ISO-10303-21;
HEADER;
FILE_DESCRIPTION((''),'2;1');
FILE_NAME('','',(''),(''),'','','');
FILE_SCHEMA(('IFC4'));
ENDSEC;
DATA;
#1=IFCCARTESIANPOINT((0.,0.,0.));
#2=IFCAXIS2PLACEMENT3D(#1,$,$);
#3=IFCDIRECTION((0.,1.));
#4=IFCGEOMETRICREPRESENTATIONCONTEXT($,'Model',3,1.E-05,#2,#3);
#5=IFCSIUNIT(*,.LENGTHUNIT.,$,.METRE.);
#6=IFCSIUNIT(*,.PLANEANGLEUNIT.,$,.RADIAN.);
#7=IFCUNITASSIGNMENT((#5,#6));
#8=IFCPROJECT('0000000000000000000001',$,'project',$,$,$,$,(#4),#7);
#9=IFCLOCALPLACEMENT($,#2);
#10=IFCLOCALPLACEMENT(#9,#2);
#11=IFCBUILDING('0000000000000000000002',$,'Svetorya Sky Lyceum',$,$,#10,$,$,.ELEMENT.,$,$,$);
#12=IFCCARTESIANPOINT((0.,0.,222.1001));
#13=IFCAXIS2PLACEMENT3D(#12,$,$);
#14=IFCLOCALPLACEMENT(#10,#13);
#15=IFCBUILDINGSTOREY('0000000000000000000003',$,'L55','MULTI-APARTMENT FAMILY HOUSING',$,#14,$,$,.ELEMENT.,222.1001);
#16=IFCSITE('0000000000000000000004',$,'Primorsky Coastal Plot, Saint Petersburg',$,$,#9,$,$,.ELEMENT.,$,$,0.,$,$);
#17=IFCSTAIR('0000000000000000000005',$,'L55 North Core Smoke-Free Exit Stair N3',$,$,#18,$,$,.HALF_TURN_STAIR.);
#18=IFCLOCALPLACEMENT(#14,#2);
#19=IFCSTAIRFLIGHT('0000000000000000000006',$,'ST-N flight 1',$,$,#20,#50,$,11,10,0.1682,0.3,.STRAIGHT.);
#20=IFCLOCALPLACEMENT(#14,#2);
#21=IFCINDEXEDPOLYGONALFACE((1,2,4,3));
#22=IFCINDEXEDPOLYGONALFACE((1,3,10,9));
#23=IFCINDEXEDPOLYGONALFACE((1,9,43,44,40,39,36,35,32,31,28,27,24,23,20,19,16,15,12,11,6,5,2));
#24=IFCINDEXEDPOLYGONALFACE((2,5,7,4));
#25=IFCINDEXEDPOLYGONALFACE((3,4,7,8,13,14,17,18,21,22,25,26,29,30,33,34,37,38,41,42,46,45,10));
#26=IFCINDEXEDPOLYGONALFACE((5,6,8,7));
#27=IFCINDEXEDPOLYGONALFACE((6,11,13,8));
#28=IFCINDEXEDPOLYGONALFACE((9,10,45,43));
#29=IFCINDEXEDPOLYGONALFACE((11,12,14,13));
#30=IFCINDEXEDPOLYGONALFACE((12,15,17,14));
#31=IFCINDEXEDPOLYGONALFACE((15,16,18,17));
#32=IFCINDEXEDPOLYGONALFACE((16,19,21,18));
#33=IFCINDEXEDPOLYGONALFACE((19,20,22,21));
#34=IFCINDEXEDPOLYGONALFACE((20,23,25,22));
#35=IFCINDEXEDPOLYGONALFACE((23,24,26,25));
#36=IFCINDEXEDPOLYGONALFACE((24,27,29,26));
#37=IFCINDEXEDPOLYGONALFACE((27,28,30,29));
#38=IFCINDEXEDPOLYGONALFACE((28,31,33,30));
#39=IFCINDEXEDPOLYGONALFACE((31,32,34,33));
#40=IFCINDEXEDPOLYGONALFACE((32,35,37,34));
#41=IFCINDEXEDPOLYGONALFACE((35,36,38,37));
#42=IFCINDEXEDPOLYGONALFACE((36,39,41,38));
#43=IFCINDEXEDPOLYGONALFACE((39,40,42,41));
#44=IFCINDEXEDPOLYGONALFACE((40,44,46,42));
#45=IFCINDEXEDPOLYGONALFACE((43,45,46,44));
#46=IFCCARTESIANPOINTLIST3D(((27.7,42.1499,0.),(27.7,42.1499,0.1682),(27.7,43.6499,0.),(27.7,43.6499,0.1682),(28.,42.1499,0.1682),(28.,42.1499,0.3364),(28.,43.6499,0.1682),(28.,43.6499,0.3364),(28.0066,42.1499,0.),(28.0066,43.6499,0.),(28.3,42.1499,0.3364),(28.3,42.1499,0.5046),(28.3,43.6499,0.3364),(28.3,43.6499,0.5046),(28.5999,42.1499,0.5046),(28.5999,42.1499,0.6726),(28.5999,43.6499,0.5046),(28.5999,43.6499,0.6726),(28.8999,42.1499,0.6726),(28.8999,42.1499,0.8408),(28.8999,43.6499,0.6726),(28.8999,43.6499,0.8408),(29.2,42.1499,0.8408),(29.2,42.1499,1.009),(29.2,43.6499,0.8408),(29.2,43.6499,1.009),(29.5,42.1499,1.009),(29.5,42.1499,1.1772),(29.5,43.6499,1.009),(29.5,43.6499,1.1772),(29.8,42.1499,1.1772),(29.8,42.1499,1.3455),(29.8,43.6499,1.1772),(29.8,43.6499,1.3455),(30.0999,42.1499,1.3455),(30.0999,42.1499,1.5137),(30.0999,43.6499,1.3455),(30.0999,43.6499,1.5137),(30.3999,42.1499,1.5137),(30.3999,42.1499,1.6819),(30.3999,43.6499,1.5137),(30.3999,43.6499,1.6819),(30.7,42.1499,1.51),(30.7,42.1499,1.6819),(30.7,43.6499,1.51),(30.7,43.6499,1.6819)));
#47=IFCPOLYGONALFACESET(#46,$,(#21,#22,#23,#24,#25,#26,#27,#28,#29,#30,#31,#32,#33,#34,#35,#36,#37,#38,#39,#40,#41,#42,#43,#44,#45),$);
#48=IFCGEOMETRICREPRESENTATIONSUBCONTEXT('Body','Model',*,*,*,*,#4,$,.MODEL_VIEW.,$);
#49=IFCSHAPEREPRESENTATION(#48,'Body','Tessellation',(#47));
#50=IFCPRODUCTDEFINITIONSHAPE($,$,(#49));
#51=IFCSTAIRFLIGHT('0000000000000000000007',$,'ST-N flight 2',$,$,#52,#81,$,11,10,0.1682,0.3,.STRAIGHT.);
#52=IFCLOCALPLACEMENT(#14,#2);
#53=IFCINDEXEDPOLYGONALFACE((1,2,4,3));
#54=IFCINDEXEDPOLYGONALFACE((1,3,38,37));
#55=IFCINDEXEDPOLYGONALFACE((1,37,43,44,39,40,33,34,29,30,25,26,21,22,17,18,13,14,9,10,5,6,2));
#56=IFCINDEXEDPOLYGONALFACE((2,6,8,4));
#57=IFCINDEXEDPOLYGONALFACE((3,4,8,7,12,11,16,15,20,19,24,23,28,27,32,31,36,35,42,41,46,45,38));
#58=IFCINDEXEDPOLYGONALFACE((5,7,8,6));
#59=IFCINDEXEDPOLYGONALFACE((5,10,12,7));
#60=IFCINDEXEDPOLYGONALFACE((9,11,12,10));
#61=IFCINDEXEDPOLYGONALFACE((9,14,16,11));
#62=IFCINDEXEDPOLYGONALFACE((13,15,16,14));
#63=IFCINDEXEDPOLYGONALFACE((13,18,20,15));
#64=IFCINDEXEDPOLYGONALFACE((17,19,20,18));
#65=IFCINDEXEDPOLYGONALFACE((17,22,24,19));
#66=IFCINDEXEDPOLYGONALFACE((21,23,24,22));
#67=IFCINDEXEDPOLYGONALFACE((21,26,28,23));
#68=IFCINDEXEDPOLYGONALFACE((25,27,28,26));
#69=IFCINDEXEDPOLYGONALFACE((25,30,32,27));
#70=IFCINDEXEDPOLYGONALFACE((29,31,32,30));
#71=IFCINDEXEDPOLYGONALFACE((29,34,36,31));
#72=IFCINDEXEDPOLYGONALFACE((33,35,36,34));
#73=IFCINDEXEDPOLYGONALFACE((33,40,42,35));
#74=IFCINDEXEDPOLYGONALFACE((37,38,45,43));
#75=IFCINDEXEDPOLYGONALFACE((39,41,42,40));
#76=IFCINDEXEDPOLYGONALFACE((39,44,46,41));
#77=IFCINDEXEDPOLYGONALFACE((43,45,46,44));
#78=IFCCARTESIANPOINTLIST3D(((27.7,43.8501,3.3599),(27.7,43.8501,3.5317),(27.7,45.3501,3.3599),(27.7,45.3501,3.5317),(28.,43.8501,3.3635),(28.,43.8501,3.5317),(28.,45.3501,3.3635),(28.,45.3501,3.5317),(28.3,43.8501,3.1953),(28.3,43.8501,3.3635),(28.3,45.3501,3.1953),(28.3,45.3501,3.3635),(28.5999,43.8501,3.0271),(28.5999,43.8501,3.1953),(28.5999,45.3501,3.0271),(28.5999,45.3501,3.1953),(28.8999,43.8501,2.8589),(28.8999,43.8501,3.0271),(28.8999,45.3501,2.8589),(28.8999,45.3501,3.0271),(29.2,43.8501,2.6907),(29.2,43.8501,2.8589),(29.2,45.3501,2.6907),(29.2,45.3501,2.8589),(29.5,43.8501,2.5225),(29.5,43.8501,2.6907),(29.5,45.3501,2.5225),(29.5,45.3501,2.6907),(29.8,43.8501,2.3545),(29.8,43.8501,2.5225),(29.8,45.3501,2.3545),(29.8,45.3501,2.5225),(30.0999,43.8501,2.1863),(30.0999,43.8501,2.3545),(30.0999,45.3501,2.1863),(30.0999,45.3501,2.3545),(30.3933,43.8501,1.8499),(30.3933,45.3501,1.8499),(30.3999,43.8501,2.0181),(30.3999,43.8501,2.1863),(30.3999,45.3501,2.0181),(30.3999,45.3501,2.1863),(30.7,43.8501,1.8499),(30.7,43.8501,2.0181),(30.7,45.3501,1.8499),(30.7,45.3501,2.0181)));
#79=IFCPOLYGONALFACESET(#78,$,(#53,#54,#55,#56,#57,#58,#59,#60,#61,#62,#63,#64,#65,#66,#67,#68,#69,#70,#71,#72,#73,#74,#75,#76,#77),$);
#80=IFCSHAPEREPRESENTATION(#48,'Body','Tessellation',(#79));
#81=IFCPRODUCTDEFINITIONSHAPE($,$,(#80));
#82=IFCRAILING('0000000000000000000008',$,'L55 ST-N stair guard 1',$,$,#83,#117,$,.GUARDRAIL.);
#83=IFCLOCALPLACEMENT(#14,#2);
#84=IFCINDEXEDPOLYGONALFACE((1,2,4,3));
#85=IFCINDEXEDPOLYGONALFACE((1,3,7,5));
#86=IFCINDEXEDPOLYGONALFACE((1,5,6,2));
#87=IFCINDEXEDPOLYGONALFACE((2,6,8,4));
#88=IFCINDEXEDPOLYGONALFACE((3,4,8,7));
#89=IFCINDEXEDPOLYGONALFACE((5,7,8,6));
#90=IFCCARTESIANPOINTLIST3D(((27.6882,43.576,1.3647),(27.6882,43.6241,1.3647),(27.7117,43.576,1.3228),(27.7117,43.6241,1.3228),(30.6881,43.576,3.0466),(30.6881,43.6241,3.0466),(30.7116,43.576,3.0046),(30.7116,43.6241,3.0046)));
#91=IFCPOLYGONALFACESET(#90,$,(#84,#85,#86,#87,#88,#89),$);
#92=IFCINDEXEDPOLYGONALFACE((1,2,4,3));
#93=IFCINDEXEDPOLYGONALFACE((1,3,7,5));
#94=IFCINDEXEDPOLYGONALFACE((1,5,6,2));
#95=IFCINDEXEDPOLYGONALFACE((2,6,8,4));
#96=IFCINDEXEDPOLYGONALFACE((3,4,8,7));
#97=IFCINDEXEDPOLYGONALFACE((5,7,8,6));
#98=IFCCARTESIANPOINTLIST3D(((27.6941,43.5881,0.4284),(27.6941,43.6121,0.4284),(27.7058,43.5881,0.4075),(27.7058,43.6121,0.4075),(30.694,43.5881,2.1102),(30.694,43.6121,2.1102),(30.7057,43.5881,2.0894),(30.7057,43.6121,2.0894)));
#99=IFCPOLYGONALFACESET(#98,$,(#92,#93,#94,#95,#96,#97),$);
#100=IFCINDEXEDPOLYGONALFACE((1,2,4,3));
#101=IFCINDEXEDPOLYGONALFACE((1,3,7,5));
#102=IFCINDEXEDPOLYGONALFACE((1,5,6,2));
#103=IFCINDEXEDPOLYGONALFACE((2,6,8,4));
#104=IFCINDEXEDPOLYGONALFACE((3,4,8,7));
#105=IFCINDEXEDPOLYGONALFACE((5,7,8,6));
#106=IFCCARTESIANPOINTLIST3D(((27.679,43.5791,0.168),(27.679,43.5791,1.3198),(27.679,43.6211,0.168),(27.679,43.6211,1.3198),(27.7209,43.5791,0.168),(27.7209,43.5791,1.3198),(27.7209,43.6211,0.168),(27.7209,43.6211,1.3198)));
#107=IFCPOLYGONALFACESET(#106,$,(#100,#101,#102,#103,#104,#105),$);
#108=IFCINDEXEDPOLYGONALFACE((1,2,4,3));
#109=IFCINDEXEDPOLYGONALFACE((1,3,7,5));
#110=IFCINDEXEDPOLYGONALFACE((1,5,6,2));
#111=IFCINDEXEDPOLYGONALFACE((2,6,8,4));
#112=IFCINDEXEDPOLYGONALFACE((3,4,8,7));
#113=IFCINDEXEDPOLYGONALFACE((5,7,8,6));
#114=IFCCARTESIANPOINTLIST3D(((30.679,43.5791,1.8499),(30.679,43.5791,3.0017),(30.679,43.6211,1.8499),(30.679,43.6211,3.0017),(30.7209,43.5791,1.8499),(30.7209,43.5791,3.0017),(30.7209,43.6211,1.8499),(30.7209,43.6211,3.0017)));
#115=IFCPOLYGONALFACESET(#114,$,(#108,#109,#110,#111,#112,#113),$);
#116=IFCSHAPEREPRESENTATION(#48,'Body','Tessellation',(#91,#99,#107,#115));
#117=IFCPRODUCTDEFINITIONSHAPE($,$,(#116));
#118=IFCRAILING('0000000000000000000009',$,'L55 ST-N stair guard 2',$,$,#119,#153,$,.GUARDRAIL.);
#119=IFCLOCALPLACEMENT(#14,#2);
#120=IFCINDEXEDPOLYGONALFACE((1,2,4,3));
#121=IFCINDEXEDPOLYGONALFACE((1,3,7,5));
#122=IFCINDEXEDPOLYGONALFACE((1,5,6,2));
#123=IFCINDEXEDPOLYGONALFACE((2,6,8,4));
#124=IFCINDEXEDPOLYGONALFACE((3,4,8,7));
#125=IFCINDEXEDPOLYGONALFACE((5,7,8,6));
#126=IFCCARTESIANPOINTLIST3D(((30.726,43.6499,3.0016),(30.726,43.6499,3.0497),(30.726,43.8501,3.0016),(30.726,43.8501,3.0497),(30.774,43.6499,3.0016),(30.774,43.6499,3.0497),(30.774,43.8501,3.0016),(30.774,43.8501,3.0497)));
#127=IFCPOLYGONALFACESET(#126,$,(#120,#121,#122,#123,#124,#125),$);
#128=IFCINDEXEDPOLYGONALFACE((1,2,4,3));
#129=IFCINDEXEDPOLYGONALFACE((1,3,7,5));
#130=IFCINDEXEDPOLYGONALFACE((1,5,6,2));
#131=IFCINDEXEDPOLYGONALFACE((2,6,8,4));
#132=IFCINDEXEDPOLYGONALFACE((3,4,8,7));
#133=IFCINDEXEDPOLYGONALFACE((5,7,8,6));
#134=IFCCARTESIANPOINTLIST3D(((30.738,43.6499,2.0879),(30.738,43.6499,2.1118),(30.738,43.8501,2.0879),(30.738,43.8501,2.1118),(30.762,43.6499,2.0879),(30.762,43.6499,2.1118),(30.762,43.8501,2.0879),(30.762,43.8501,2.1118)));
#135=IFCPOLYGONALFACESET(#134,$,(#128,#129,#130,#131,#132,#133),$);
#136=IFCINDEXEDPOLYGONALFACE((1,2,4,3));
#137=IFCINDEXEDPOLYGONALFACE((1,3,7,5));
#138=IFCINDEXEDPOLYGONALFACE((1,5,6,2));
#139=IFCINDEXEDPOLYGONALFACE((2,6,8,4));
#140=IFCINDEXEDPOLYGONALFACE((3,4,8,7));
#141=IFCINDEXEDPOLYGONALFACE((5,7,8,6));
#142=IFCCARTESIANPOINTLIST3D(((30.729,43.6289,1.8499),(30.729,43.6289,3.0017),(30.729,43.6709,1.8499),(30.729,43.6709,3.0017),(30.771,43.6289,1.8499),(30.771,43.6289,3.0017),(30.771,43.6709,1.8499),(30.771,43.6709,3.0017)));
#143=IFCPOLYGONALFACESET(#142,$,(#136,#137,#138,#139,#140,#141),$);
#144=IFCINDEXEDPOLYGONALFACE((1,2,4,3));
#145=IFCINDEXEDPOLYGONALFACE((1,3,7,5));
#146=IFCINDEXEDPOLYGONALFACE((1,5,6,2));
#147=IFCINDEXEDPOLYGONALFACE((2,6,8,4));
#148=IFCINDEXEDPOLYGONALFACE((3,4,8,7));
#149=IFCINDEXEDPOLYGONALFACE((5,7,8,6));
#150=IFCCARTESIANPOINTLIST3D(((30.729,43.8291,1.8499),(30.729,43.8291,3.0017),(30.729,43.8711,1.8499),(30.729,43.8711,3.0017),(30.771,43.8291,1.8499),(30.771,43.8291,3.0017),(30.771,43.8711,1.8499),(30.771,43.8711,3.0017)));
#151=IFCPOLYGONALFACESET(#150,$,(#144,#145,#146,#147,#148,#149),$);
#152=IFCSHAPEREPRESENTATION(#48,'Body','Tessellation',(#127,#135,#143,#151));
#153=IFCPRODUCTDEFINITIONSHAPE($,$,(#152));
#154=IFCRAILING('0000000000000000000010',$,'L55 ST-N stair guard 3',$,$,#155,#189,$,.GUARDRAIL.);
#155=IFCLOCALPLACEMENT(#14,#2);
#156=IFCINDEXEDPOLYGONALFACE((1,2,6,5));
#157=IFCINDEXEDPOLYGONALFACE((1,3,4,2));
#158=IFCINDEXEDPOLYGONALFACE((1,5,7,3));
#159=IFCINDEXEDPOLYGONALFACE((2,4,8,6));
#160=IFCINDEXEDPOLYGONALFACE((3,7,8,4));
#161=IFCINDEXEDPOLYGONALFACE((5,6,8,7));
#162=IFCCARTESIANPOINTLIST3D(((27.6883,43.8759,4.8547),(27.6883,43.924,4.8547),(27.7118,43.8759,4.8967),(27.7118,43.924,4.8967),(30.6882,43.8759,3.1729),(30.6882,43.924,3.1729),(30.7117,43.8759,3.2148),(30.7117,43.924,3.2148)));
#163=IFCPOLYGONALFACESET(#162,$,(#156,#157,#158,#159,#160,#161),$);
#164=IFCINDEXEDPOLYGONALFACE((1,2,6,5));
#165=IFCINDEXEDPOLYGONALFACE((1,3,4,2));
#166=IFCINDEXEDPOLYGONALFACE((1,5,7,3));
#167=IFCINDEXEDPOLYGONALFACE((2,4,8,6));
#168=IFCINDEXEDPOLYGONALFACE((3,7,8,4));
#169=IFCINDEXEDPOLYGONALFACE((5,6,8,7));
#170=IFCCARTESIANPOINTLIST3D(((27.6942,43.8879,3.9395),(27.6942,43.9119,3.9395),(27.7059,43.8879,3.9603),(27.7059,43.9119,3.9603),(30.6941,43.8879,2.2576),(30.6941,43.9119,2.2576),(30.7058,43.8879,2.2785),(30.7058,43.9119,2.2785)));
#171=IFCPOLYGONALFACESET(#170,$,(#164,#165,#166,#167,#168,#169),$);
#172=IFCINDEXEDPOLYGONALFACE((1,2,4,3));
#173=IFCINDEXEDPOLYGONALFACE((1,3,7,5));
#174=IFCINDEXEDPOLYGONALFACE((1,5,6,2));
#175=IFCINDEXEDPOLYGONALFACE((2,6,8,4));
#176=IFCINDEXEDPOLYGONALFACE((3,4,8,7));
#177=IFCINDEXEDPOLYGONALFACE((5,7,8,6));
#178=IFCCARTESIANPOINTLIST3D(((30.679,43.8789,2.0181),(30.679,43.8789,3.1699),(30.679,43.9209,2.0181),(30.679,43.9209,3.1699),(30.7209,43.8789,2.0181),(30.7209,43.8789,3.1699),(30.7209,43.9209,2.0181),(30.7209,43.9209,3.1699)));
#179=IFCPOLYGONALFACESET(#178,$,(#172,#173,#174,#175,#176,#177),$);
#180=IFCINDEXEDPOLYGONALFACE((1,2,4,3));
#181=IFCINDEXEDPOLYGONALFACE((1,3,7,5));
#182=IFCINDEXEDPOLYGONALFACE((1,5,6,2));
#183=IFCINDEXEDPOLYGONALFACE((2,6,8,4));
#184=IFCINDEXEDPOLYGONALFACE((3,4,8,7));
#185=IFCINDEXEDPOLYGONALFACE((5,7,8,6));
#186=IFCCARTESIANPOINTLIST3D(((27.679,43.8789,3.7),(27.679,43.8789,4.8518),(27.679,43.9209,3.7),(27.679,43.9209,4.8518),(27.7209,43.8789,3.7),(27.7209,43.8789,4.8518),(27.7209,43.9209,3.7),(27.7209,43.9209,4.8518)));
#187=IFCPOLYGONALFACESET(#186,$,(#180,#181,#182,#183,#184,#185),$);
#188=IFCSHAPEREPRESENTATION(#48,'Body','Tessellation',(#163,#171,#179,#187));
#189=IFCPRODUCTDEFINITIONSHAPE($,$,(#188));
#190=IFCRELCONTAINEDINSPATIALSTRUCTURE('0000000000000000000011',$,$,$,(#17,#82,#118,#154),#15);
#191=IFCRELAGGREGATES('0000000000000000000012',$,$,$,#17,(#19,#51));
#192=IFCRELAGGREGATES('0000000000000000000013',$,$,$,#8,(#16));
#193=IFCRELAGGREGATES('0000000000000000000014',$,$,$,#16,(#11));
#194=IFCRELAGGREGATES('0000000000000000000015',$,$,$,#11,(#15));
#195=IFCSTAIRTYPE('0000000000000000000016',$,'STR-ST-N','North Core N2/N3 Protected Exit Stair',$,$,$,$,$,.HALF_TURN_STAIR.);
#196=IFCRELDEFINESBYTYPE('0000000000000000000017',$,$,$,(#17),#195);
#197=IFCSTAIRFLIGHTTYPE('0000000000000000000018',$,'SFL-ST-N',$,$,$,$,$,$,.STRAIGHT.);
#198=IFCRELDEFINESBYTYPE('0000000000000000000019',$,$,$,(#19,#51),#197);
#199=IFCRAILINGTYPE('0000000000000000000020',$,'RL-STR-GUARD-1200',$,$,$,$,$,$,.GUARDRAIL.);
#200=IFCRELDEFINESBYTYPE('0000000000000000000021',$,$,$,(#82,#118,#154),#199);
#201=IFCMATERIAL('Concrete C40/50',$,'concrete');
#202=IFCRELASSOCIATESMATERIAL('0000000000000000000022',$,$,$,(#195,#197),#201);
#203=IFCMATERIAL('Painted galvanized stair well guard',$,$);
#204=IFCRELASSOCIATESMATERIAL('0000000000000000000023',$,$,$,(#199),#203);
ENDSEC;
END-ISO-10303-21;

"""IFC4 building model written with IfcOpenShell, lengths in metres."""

from ifc_helpers import new_model, si_unit, direction, frame, origin, origin_2d, place, context, subcontext, project, spatial, polyline, rectangle, outline, extrude, material, type_object, element, aggregate, save


model = new_model("IFC4")

# Units and contexts
model_context = context("Model", 3, precision=1e-05, world=origin(), true_north=direction((0.0, 1.0)))
body_context = subcontext(model_context, "Body", "Model", "MODEL_VIEW")
ifc_project = project(units=[si_unit("LENGTHUNIT", "METRE"), si_unit("PLANEANGLEUNIT", "RADIAN")], contexts=[model_context])

# Site, building, storey
site_placement = place(None, origin())
site = spatial("IfcSite", under=ifc_project, at=site_placement, Name="Primorsky Coastal Plot, Saint Petersburg", CompositionType="ELEMENT", RefElevation=0.0)
building_placement = place(site_placement, origin())
building = spatial("IfcBuilding", under=site, at=building_placement, Name="Svetorya Sky Lyceum", CompositionType="ELEMENT")
storey_placement = place(building_placement, frame((0.0, 0.0, 222.1001)))
storey = spatial("IfcBuildingStorey", under=building, at=storey_placement, Name="L55", Description="MULTI-APARTMENT FAMILY HOUSING", CompositionType="ELEMENT", Elevation=222.1001)

# Shared definitions
ifc_material_1 = material(Name="Concrete C40/50", Category="concrete")

# Stair, stair flights
stair_type = type_object("IfcStairType", Name="STR-ST-N", Description="North Core N2/N3 Protected Exit Stair", PredefinedType="HALF_TURN_STAIR", material=ifc_material_1)
stair_placement = place(storey_placement, origin())
stair = element("IfcStair", 1, at=stair_placement, inside=storey, type_object=stair_type, Name="L55 North Core Smoke-Free Exit Stair N3", PredefinedType="HALF_TURN_STAIR")
stair_flight_type = type_object("IfcStairFlightType", Name="SFL-ST-N", PredefinedType="STRAIGHT", material=ifc_material_1)
stair_flight_1_placement = place(storey_placement, frame((27.7, 42.8999, 0.0), z_axis=(0.0, 0.0, 1.0), x_axis=(1.0, 0.0, 0.0)))
stair_flight_1 = element("IfcStairFlight", 2, at=stair_flight_1_placement, type_object=stair_flight_type, Name="ST-N flight 1", NumberOfRisers=11, NumberOfTreads=10, PredefinedType="STRAIGHT", RiserHeight=0.1682, TreadLength=0.3, context=body_context, shape_type="SweptSolid", body=[
    extrude(outline(polyline([(0.0, 0.0), (0.0, 0.1682), (0.3, 0.1682), (0.3, 0.3364), (0.6001, 0.3364), (0.6001, 0.5046), (0.8999, 0.5046), (0.8999, 0.6726), (1.2, 0.6726), (1.2, 0.8408), (1.5, 0.8408), (1.5, 1.009), (1.8, 1.009), (1.8, 1.1772), (2.1001, 1.1772), (2.1001, 1.3455), (2.3999, 1.3455), (2.3999, 1.5137), (2.7, 1.5137), (2.7, 1.6819), (3.0, 1.6819), (3.0, 1.8501), (3.0, 1.51), (0.3066, 0.0), (0.0, 0.0)])), frame((0.0, 0.75, 0.0), z_axis=(0.0, -1.0, 0.0), x_axis=(1.0, 0.0, 0.0)), (0.0, 0.0, 1.0), 1.5),
])
stair_flight_2_placement = place(storey_placement, frame((30.7, 44.6001, 1.8499), z_axis=(0.0, 0.0, 1.0), x_axis=(-1.0, 0.0, 0.0)))
stair_flight_2 = element("IfcStairFlight", 3, at=stair_flight_2_placement, type_object=stair_flight_type, Name="ST-N flight 2", NumberOfRisers=11, NumberOfTreads=10, PredefinedType="STRAIGHT", RiserHeight=0.1682, TreadLength=0.3, context=body_context, shape_type="SweptSolid", body=[
    extrude(outline(polyline([(0.0, 0.0), (0.0, 0.1682), (0.3, 0.1682), (0.3, 0.3364), (0.6001, 0.3364), (0.6001, 0.5046), (0.8999, 0.5046), (0.8999, 0.6726), (1.2, 0.6726), (1.2, 0.8408), (1.5, 0.8408), (1.5, 1.009), (1.8, 1.009), (1.8, 1.1772), (2.1001, 1.1772), (2.1001, 1.3455), (2.3999, 1.3455), (2.3999, 1.5137), (2.7, 1.5137), (2.7, 1.6819), (3.0, 1.6819), (3.0, 1.8501), (3.0, 1.51), (0.3066, 0.0), (0.0, 0.0)])), frame((0.0, 0.75, 0.0), z_axis=(0.0, -1.0, 0.0), x_axis=(1.0, 0.0, 0.0)), (0.0, 0.0, 1.0), 1.5),
])
aggregate(stair, [stair_flight_1, stair_flight_2])

# Railings
ifc_material_2 = material(Name="Painted galvanized stair well guard")
railing_type_1 = type_object("IfcRailingType", Name="RL-STR-GUARD-1200", PredefinedType="GUARDRAIL", material=ifc_material_2)
railing_1_placement = place(storey_placement, frame((27.7, 43.6001, 0.168)))
element("IfcRailing", 4, at=railing_1_placement, inside=storey, type_object=railing_type_1, Name="L55 ST-N stair guard 1", PredefinedType="GUARDRAIL", context=body_context, shape_type="SweptSolid", body=[
    extrude(rectangle(XDim=0.0481, YDim=0.0481, at=origin_2d()), frame((0.0, 0.0, 1.1758), z_axis=(0.872272, 0.0, 0.48902), x_axis=(0.0, 1.0, 0.0)), (0.0, 0.0, 1.0), 3.4392),
    extrude(rectangle(XDim=0.0239, YDim=0.0239, at=origin_2d()), frame((0.0, 0.0, 0.25), z_axis=(0.872272, 0.0, 0.48902), x_axis=(0.0, 1.0, 0.0)), (0.0, 0.0, 1.0), 3.4392),
    extrude(rectangle(XDim=0.042, YDim=0.042, at=origin_2d()), origin(), (0.0, 0.0, 1.0), 1.1519),
    extrude(rectangle(XDim=0.042, YDim=0.042, at=origin_2d()), frame((3.0, 0.0, 1.6819)), (0.0, 0.0, 1.0), 1.1519),
])
railing_2_placement = place(storey_placement, frame((30.75, 43.6499, 1.8499)))
element("IfcRailing", 5, at=railing_2_placement, inside=storey, type_object=railing_type_1, Name="L55 ST-N stair guard 2", PredefinedType="GUARDRAIL", context=body_context, shape_type="SweptSolid", body=[
    extrude(rectangle(XDim=0.0481, YDim=0.0481, at=origin_2d()), frame((0.0, 0.0, 1.1758), z_axis=(0.0, 1.0, 0.0), x_axis=(-1.0, 0.0, 0.0)), (0.0, 0.0, 1.0), 0.2002),
    extrude(rectangle(XDim=0.0239, YDim=0.0239, at=origin_2d()), frame((0.0, 0.0, 0.25), z_axis=(0.0, 1.0, 0.0), x_axis=(-1.0, 0.0, 0.0)), (0.0, 0.0, 1.0), 0.2002),
    extrude(rectangle(XDim=0.042, YDim=0.042, at=origin_2d()), origin(), (0.0, 0.0, 1.0), 1.1519),
    extrude(rectangle(XDim=0.042, YDim=0.042, at=origin_2d()), frame((0.0, 0.2002, 0.0)), (0.0, 0.0, 1.0), 1.1519),
])
railing_3_placement = place(storey_placement, frame((30.7, 43.8999, 2.0181)))
element("IfcRailing", 6, at=railing_3_placement, inside=storey, type_object=railing_type_1, Name="L55 ST-N stair guard 3", PredefinedType="GUARDRAIL", context=body_context, shape_type="SweptSolid", body=[
    extrude(rectangle(XDim=0.0481, YDim=0.0481, at=origin_2d()), frame((0.0, 0.0, 1.1758), z_axis=(-0.872272, 0.0, 0.48902), x_axis=(0.0, -1.0, 0.0)), (0.0, 0.0, 1.0), 3.4392),
    extrude(rectangle(XDim=0.0239, YDim=0.0239, at=origin_2d()), frame((0.0, 0.0, 0.25), z_axis=(-0.872272, 0.0, 0.48902), x_axis=(0.0, -1.0, 0.0)), (0.0, 0.0, 1.0), 3.4392),
    extrude(rectangle(XDim=0.042, YDim=0.042, at=origin_2d()), origin(), (0.0, 0.0, 1.0), 1.1519),
    extrude(rectangle(XDim=0.042, YDim=0.042, at=origin_2d()), frame((-3.0, 0.0, 1.6819)), (0.0, 0.0, 1.0), 1.1519),
])

save(model, "model.ifc")
